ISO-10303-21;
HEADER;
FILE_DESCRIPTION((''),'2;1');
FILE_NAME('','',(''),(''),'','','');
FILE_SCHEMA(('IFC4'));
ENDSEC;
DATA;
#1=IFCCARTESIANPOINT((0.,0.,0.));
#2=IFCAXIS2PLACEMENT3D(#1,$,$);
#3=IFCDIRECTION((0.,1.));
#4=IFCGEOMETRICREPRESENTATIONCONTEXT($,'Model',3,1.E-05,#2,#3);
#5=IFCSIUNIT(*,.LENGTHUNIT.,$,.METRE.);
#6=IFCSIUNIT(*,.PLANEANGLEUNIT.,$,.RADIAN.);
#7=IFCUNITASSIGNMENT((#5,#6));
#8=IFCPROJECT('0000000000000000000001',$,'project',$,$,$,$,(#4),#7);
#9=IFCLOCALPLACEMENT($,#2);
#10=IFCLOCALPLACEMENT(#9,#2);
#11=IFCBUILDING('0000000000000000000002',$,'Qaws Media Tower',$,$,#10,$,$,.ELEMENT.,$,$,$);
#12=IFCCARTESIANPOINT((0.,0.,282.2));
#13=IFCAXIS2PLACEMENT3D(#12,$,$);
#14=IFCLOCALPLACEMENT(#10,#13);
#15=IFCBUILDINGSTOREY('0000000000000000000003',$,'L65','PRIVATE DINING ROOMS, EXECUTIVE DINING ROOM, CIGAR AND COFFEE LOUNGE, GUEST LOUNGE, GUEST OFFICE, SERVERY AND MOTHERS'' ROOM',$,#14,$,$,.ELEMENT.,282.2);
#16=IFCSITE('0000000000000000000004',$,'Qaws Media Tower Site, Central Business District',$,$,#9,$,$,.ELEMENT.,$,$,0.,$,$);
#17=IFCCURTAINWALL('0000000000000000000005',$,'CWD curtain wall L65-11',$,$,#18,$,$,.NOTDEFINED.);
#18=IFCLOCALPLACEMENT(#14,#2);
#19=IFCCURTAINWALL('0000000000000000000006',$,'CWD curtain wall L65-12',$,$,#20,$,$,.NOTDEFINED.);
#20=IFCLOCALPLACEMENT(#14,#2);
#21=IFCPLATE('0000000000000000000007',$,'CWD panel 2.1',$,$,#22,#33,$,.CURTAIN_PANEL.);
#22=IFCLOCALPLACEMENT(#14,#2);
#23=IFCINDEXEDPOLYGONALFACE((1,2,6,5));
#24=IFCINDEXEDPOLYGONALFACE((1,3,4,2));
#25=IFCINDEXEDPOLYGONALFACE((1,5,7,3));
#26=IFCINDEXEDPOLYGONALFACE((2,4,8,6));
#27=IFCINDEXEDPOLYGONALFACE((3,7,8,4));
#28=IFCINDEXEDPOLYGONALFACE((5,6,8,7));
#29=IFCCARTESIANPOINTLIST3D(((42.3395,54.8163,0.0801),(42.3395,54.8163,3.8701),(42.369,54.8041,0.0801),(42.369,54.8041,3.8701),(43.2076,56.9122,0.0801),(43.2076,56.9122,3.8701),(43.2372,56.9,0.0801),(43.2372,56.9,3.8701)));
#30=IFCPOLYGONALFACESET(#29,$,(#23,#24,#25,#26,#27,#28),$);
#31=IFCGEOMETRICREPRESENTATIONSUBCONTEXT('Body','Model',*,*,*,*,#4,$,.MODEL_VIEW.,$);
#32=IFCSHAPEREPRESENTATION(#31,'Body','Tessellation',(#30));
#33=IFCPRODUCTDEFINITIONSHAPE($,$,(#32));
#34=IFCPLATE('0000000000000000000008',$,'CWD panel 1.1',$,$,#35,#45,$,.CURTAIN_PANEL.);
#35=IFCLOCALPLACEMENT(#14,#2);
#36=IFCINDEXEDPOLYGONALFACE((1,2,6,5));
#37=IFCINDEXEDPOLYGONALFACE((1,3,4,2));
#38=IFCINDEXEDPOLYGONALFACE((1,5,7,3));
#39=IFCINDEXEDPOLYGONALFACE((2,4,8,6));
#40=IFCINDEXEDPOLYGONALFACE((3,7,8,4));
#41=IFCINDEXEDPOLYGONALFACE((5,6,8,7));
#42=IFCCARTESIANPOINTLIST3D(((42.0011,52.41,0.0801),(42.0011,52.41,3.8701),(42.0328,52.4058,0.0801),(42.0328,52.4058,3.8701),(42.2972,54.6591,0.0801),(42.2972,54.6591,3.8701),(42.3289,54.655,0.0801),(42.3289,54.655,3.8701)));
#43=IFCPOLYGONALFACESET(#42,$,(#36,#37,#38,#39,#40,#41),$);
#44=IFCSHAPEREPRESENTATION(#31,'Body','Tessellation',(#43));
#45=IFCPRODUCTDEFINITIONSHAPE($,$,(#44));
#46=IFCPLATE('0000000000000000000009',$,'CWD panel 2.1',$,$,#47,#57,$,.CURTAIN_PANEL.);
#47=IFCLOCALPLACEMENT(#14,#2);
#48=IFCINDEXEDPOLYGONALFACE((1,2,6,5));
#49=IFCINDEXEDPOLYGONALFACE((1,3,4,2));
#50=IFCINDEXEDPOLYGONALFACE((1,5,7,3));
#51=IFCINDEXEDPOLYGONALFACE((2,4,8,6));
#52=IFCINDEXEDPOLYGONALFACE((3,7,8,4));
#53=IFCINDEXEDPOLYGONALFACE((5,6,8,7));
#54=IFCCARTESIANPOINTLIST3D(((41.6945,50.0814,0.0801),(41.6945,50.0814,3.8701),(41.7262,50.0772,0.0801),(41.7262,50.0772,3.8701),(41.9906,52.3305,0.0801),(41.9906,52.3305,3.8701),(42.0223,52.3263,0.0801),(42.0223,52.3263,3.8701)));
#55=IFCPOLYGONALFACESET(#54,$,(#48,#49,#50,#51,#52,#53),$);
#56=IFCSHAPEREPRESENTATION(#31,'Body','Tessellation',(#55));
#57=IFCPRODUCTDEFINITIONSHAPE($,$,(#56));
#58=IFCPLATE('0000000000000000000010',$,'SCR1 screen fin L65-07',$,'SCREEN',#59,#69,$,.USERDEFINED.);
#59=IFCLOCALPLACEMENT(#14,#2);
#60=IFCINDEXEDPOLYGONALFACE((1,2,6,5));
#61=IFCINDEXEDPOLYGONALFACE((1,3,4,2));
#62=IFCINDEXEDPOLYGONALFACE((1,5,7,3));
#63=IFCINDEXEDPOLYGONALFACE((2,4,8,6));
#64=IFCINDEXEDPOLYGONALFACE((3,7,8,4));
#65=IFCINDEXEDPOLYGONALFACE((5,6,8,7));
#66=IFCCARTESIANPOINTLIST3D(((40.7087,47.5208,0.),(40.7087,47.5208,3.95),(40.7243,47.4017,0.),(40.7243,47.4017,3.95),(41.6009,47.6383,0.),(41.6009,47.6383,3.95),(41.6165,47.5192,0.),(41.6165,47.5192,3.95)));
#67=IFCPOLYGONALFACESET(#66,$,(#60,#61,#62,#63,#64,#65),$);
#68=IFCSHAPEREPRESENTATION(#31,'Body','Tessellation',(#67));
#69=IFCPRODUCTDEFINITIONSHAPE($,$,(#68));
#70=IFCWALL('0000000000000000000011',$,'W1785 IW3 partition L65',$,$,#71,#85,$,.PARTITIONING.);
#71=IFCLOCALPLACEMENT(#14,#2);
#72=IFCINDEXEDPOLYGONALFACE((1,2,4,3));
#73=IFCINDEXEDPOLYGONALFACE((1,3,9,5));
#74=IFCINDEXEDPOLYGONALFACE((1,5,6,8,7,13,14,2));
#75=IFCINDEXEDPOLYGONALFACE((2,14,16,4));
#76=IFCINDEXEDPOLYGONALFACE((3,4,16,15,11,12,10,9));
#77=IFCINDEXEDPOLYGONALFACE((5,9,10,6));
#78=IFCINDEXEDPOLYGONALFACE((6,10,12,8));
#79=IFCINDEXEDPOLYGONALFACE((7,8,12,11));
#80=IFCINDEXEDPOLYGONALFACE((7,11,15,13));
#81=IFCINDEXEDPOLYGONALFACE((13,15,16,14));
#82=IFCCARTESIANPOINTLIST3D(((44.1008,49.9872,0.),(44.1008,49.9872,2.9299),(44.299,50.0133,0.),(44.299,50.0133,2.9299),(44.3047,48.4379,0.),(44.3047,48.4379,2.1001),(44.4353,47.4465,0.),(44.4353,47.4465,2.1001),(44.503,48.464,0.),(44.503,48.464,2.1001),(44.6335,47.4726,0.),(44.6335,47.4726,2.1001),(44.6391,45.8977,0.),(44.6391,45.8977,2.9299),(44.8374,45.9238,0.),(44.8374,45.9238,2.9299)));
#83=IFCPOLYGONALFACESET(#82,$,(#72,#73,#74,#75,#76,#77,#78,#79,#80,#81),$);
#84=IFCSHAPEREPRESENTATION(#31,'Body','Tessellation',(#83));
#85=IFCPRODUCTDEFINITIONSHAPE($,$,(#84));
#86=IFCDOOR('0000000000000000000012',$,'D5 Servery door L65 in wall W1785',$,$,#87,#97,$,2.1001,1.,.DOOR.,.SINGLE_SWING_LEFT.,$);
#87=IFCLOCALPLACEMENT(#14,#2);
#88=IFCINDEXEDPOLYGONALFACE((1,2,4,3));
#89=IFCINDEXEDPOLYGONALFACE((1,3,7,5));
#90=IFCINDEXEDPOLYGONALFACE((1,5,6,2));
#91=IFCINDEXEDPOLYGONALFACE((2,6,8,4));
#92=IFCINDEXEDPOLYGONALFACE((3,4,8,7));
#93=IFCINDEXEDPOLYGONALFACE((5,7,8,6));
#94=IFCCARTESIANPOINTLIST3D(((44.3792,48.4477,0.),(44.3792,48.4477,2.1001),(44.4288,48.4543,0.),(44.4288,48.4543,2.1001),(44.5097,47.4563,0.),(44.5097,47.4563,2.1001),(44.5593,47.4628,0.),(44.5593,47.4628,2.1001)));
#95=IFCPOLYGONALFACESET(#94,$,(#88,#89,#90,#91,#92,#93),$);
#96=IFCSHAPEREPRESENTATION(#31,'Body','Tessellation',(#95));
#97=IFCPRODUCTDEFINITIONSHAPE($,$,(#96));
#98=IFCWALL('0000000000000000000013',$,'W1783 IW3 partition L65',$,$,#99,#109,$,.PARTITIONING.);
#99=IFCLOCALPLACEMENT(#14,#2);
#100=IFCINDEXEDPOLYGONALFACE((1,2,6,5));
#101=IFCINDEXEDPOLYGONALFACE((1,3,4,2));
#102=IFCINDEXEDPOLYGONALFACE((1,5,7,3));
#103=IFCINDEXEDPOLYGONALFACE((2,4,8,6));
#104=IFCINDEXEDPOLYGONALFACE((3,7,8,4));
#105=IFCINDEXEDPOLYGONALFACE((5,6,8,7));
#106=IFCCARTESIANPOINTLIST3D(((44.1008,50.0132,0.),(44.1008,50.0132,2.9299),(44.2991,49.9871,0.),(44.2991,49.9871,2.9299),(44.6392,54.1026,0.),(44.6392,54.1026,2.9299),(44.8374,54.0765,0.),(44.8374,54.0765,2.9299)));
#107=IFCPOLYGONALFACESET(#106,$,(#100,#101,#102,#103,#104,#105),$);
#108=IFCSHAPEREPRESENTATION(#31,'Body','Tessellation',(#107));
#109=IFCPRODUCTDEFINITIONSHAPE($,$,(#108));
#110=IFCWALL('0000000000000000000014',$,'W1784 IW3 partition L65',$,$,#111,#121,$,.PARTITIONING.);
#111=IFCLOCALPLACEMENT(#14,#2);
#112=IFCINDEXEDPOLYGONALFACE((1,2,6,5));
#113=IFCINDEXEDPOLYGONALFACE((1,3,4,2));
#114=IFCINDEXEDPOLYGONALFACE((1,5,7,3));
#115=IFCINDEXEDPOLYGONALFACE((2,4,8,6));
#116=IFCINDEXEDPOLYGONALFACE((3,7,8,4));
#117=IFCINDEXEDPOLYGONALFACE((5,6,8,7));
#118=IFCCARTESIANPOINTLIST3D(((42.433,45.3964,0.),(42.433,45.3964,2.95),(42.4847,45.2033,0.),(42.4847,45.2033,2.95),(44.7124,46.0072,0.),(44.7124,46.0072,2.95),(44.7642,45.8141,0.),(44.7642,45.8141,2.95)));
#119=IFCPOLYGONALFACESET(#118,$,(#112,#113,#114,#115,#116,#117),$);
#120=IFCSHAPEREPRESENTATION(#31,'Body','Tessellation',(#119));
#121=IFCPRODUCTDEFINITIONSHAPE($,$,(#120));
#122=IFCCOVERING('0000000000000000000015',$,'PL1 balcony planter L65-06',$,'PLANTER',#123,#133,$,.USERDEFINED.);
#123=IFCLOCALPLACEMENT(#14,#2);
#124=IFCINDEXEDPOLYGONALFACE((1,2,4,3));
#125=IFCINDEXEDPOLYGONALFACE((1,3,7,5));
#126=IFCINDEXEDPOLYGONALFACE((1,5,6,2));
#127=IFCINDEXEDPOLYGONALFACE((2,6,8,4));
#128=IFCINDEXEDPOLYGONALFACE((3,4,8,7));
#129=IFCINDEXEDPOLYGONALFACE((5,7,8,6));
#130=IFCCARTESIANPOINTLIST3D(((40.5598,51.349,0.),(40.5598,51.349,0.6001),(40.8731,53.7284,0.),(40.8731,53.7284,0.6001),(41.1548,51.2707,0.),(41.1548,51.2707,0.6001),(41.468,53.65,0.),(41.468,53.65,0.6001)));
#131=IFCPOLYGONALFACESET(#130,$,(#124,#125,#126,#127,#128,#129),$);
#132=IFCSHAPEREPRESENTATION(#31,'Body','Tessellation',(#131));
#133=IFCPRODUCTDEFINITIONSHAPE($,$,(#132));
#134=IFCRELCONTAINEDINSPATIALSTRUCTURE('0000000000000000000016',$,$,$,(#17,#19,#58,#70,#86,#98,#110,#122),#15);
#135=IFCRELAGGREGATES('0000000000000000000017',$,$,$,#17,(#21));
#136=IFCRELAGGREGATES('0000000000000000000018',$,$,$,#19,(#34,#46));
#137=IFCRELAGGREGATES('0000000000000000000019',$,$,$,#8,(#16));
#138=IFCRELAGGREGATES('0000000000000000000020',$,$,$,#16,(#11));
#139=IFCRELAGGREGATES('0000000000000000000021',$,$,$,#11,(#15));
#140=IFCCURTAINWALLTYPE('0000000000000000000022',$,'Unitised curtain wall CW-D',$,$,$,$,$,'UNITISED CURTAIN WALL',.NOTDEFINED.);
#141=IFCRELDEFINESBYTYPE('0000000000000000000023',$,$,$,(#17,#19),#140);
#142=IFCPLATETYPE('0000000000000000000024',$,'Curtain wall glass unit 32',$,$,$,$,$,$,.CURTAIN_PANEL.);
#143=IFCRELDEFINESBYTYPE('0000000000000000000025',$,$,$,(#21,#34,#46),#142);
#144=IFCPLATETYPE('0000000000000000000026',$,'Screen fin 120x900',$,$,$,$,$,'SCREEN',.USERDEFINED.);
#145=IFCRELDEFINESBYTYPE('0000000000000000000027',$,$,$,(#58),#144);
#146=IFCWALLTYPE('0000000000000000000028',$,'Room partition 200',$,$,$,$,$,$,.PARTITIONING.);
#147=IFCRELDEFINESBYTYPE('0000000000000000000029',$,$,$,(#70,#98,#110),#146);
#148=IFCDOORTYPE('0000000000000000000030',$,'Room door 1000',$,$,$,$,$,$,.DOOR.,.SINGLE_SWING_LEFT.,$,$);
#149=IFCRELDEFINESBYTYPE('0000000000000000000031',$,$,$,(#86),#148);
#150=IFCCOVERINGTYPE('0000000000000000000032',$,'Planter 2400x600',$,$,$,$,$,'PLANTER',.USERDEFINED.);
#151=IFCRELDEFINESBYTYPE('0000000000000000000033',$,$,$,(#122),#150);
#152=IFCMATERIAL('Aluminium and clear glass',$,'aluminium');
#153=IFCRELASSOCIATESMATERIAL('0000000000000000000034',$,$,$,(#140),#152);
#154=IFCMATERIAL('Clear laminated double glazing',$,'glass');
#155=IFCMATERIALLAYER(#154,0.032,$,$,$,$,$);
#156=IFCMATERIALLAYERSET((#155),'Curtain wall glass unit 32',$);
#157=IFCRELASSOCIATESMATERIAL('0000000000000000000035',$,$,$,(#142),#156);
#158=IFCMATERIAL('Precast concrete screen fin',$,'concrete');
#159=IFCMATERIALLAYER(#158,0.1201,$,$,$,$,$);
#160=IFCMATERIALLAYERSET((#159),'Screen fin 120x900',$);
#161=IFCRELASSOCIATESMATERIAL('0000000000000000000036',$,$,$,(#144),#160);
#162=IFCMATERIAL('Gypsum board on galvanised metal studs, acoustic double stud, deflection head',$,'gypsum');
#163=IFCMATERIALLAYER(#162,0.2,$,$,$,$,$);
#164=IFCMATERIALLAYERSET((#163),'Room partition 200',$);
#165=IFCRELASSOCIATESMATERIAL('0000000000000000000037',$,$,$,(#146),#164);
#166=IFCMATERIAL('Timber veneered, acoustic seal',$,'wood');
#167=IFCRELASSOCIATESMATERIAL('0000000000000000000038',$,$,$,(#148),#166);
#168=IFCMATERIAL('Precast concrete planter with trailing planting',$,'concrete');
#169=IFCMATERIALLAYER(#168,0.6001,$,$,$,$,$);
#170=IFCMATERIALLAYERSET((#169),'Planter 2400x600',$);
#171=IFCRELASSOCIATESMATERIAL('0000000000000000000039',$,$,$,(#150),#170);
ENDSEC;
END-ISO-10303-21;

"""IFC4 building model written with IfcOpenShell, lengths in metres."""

from ifc_helpers import new_model, si_unit, direction, frame, frame_2d, origin, origin_2d, place, context, subcontext, project, spatial, rectangle, extrude, material, layer, layer_set, type_object, element, fill, aggregate, save


model = new_model("IFC4")

# Units and contexts
model_context = context("Model", 3, precision=1e-05, world=origin(), true_north=direction((0.0, 1.0)))
body_context = subcontext(model_context, "Body", "Model", "MODEL_VIEW")
ifc_project = project(units=[si_unit("LENGTHUNIT", "METRE"), si_unit("PLANEANGLEUNIT", "RADIAN")], contexts=[model_context])

# Site, building, storey
site_placement = place(None, origin())
site = spatial("IfcSite", under=ifc_project, at=site_placement, Name="Qaws Media Tower Site, Central Business District", CompositionType="ELEMENT", RefElevation=0.0)
building_placement = place(site_placement, origin())
building = spatial("IfcBuilding", under=site, at=building_placement, Name="Qaws Media Tower", CompositionType="ELEMENT")
storey_placement = place(building_placement, frame((0.0, 0.0, 282.2)))
storey = spatial("IfcBuildingStorey", under=building, at=storey_placement, Name="L65", Description="PRIVATE DINING ROOMS, EXECUTIVE DINING ROOM, CIGAR AND COFFEE LOUNGE, GUEST LOUNGE, GUEST OFFICE, SERVERY AND MOTHERS' ROOM", CompositionType="ELEMENT", Elevation=282.2)

# Curtain wall
ifc_material_1 = material(Name="Aluminium and clear glass", Category="aluminium")
curtain_wall_type = type_object("IfcCurtainWallType", Name="Unitised curtain wall CW-D", ElementType="UNITISED CURTAIN WALL", PredefinedType="NOTDEFINED", material=ifc_material_1)
curtain_wall_1_placement = place(storey_placement, origin())
curtain_wall_1 = element("IfcCurtainWall", 1, at=curtain_wall_1_placement, inside=storey, type_object=curtain_wall_type, Name="CWD curtain wall L65-11", PredefinedType="NOTDEFINED")

# Curtain wall
curtain_wall_2_placement = place(storey_placement, origin())
curtain_wall_2 = element("IfcCurtainWall", 2, at=curtain_wall_2_placement, inside=storey, type_object=curtain_wall_type, Name="CWD curtain wall L65-12", PredefinedType="NOTDEFINED")

# Plates
ifc_material_2 = material(Name="Clear laminated double glazing", Category="glass")
ifc_layer_1 = layer(ifc_material_2, 0.032)
ifc_layer_set_1 = layer_set([ifc_layer_1], Name="Curtain wall glass unit 32")
plate_type_1 = type_object("IfcPlateType", Name="Curtain wall glass unit 32", PredefinedType="CURTAIN_PANEL", material=ifc_layer_set_1)
plate_1_placement = place(storey_placement, frame((42.7883, 55.8582, 0.0801), z_axis=(0.0, 0.0, 1.0), x_axis=(-0.382684, -0.923879, 0.0)))
plate_1 = element("IfcPlate", 3, at=plate_1_placement, type_object=plate_type_1, Name="CWD panel 2.1", PredefinedType="CURTAIN_PANEL", context=body_context, shape_type="SweptSolid", body=[
    extrude(rectangle(XDim=2.2686, YDim=0.032, at=origin_2d()), origin(), (0.0, 0.0, 1.0), 3.79),
])
aggregate(curtain_wall_1, [plate_1])
plate_2_placement = place(storey_placement, frame((42.165, 53.5325, 0.0801), z_axis=(0.0, 0.0, 1.0), x_axis=(-0.130526, -0.991445, 0.0)))
plate_2 = element("IfcPlate", 4, at=plate_2_placement, type_object=plate_type_1, Name="CWD panel 1.1", PredefinedType="CURTAIN_PANEL", context=body_context, shape_type="SweptSolid", body=[
    extrude(rectangle(XDim=2.2686, YDim=0.032, at=origin_2d()), origin(), (0.0, 0.0, 1.0), 3.79),
])
plate_3_placement = place(storey_placement, frame((41.8584, 51.2039, 0.0801), z_axis=(0.0, 0.0, 1.0), x_axis=(-0.130526, -0.991445, 0.0)))
plate_3 = element("IfcPlate", 5, at=plate_3_placement, type_object=plate_type_1, Name="CWD panel 2.1", PredefinedType="CURTAIN_PANEL", context=body_context, shape_type="SweptSolid", body=[
    extrude(rectangle(XDim=2.2686, YDim=0.032, at=origin_2d()), origin(), (0.0, 0.0, 1.0), 3.79),
])
aggregate(curtain_wall_2, [plate_2, plate_3])
ifc_material_3 = material(Name="Precast concrete screen fin", Category="concrete")
ifc_layer_2 = layer(ifc_material_3, 0.1201)
ifc_layer_set_2 = layer_set([ifc_layer_2], Name="Screen fin 120x900")
plate_type_2 = type_object("IfcPlateType", Name="Screen fin 120x900", ElementType="SCREEN", PredefinedType="USERDEFINED", material=ifc_layer_set_2)
plate_4_placement = place(storey_placement, frame((41.1626, 47.52, 0.0), z_axis=(0.0, 0.0, 1.0), x_axis=(-0.991445, -0.130526, 0.0)))
element("IfcPlate", 6, at=plate_4_placement, inside=storey, type_object=plate_type_2, Name="SCR1 screen fin L65-07", ObjectType="SCREEN", PredefinedType="USERDEFINED", context=body_context, shape_type="SweptSolid", body=[
    extrude(rectangle(XDim=0.8999, YDim=0.1201, at=origin_2d()), origin(), (0.0, 0.0, 1.0), 3.95),
])

# Wall, opening, door
ifc_material_4 = material(Name="Gypsum board on galvanised metal studs, acoustic double stud, deflection head", Category="gypsum")
ifc_layer_3 = layer(ifc_material_4, 0.2)
ifc_layer_set_3 = layer_set([ifc_layer_3], Name="Room partition 200")
wall_type_1 = type_object("IfcWallType", Name="Room partition 200", PredefinedType="PARTITIONING", material=ifc_layer_set_3)
wall_1_placement = place(storey_placement, frame((44.7383, 45.9106, 0.0), z_axis=(0.0, 0.0, 1.0), x_axis=(-0.130516, 0.991446, 0.0)))
wall_1 = element("IfcWall", 7, at=wall_1_placement, inside=storey, type_object=wall_type_1, Name="W1785 IW3 partition L65", PredefinedType="PARTITIONING", context=body_context, shape_type="SweptSolid", body=[
    extrude(rectangle(XDim=4.1248, YDim=0.2, at=frame_2d((2.0625, 0.0))), origin(), (0.0, 0.0, 1.0), 2.9299),
])
opening_1_placement = place(wall_1_placement, frame((1.5623, 0.0, 0.0)))
opening_1 = element("IfcOpeningElement", 8, at=opening_1_placement, cuts=wall_1, PredefinedType="OPENING", context=body_context, shape_type="SweptSolid", body=[
    extrude(rectangle(XDim=1.0, YDim=2.1001, at=frame_2d((0.5, 1.05))), frame((0.0, 0.1099, 0.0), z_axis=(0.0, -1.0, 0.0), x_axis=(1.0, 0.0, 0.0)), (0.0, 0.0, 1.0), 0.22),
])
ifc_material_5 = material(Name="Timber veneered, acoustic seal", Category="wood")
door_type_1 = type_object("IfcDoorType", Name="Room door 1000", OperationType="SINGLE_SWING_LEFT", PredefinedType="DOOR", material=ifc_material_5)
door_1_placement = place(opening_1_placement, origin())
door_1 = element("IfcDoor", 9, at=door_1_placement, inside=storey, type_object=door_type_1, Name="D5 Servery door L65 in wall W1785", OperationType="SINGLE_SWING_LEFT", OverallHeight=2.1001, OverallWidth=1.0, PredefinedType="DOOR", context=body_context, shape_type="SweptSolid", body=[
    extrude(rectangle(XDim=1.0, YDim=2.1001, at=frame_2d((0.5, 1.05))), frame((0.0, 0.0249, 0.0), z_axis=(0.0, -1.0, 0.0), x_axis=(1.0, 0.0, 0.0)), (0.0, 0.0, 1.0), 0.05),
])
fill(opening_1, door_1)

# Wall
wall_2_placement = place(storey_placement, frame((44.2, 50.0, 0.0), z_axis=(0.0, 0.0, 1.0), x_axis=(0.130516, 0.991446, 0.0)))
element("IfcWall", 10, at=wall_2_placement, inside=storey, type_object=wall_type_1, Name="W1783 IW3 partition L65", PredefinedType="PARTITIONING", context=body_context, shape_type="SweptSolid", body=[
    extrude(rectangle(XDim=4.1248, YDim=0.2, at=frame_2d((2.0625, 0.0))), origin(), (0.0, 0.0, 1.0), 2.9299),
])

# Wall
wall_3_placement = place(storey_placement, frame((44.7383, 45.9106, 0.0), z_axis=(0.0, 0.0, 1.0), x_axis=(-0.965922, -0.258834, 0.0)))
element("IfcWall", 11, at=wall_3_placement, inside=storey, type_object=wall_type_1, Name="W1784 IW3 partition L65", PredefinedType="PARTITIONING", context=body_context, shape_type="SweptSolid", body=[
    extrude(rectangle(XDim=2.3599, YDim=0.2, at=frame_2d((1.1799, 0.0))), origin(), (0.0, 0.0, 1.0), 2.95),
])

# Covering
ifc_material_6 = material(Name="Precast concrete planter with trailing planting", Category="concrete")
ifc_layer_4 = layer(ifc_material_6, 0.6001)
ifc_layer_set_4 = layer_set([ifc_layer_4], Name="Planter 2400x600")
covering_type = type_object("IfcCoveringType", Name="Planter 2400x600", ElementType="PLANTER", PredefinedType="USERDEFINED", material=ifc_layer_set_4)
covering_placement = place(storey_placement, frame((41.0139, 52.4995, 0.0), z_axis=(0.0, 0.0, 1.0), x_axis=(-0.130526, -0.991445, 0.0)))
element("IfcCovering", 12, at=covering_placement, inside=storey, type_object=covering_type, Name="PL1 balcony planter L65-06", ObjectType="PLANTER", PredefinedType="USERDEFINED", context=body_context, shape_type="SweptSolid", body=[
    extrude(rectangle(XDim=2.3999, YDim=0.6001, at=origin_2d()), origin(), (0.0, 0.0, 1.0), 0.6001),
])

save(model, "model.ifc")
